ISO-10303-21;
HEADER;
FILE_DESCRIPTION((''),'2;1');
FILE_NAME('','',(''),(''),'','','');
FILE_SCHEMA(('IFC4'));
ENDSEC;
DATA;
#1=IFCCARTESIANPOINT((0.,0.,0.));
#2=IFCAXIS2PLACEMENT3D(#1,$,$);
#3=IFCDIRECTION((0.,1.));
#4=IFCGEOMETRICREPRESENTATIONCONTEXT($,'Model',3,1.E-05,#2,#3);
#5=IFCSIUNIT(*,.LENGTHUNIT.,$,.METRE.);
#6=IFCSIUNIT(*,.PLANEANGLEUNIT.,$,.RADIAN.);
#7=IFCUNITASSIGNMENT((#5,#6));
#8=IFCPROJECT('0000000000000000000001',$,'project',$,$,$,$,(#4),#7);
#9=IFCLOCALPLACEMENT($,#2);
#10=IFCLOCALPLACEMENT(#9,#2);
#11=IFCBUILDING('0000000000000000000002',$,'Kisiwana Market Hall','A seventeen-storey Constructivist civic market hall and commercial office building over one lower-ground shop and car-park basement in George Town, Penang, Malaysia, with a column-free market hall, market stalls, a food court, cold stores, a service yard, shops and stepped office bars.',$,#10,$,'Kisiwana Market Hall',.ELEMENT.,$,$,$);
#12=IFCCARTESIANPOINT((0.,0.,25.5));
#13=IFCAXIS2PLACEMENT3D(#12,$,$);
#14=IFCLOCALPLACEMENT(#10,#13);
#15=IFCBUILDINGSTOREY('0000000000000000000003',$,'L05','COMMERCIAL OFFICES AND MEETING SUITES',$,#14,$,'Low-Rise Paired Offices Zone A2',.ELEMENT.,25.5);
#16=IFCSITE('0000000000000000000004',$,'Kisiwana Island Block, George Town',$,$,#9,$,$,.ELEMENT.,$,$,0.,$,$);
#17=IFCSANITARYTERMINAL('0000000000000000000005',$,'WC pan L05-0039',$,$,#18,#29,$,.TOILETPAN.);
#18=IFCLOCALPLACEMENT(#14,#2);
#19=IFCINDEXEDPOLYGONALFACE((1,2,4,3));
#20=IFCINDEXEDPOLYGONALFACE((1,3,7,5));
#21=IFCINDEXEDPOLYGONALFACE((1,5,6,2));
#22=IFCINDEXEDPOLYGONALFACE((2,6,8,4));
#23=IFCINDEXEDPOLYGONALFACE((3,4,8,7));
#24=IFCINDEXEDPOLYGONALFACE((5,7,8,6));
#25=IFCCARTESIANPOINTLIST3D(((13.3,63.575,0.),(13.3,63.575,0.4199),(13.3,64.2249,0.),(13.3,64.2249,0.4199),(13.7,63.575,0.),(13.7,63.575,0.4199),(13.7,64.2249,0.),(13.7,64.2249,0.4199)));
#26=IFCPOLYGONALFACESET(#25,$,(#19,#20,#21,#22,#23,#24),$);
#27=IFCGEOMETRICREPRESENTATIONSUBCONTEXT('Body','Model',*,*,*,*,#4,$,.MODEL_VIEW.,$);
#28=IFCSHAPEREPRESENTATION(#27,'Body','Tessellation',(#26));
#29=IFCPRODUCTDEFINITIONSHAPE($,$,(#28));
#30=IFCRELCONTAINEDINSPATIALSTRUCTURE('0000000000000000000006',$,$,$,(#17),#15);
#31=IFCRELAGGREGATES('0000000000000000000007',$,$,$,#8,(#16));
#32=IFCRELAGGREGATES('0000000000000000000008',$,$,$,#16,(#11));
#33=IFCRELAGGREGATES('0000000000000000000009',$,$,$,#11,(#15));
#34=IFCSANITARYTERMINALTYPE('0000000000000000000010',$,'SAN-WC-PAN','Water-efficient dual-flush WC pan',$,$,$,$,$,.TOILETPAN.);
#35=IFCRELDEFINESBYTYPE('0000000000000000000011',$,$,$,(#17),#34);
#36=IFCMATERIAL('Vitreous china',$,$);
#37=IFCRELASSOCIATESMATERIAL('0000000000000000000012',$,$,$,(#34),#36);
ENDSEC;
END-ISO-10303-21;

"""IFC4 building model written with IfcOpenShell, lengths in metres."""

from ifc_helpers import new_model, si_unit, direction, frame, origin, origin_2d, place, context, subcontext, project, spatial, rectangle, extrude, material, type_object, element, save


model = new_model("IFC4")

# Units and contexts
model_context = context("Model", 3, precision=1e-05, world=origin(), true_north=direction((0.0, 1.0)))
body_context = subcontext(model_context, "Body", "Model", "MODEL_VIEW")
ifc_project = project(units=[si_unit("LENGTHUNIT", "METRE"), si_unit("PLANEANGLEUNIT", "RADIAN")], contexts=[model_context])

# Site, building, storey
site_placement = place(None, origin())
site = spatial("IfcSite", under=ifc_project, at=site_placement, Name="Kisiwana Island Block, George Town", CompositionType="ELEMENT", RefElevation=0.0)
building_placement = place(site_placement, origin())
building = spatial("IfcBuilding", under=site, at=building_placement, Name="Kisiwana Market Hall", Description="A seventeen-storey Constructivist civic market hall and commercial office building over one lower-ground shop and car-park basement in George Town, Penang, Malaysia, with a column-free market hall, market stalls, a food court, cold stores, a service yard, shops and stepped office bars.", LongName="Kisiwana Market Hall", CompositionType="ELEMENT")
storey_placement = place(building_placement, frame((0.0, 0.0, 25.5)))
storey = spatial("IfcBuildingStorey", under=building, at=storey_placement, Name="L05", Description="COMMERCIAL OFFICES AND MEETING SUITES", LongName="Low-Rise Paired Offices Zone A2", CompositionType="ELEMENT", Elevation=25.5)

# Sanitary terminal
ifc_material_1 = material(Name="Vitreous china")
sanitary_terminal_type_1 = type_object("IfcSanitaryTerminalType", Name="SAN-WC-PAN", Description="Water-efficient dual-flush WC pan", PredefinedType="TOILETPAN", material=ifc_material_1)
sanitary_terminal_placement = place(storey_placement, frame((13.5, 63.8999, 0.0), z_axis=(0.0, 0.0, 1.0), x_axis=(1.0, 0.0, 0.0)))
element("IfcSanitaryTerminal", 1, at=sanitary_terminal_placement, inside=storey, type_object=sanitary_terminal_type_1, Name="WC pan L05-0039", PredefinedType="TOILETPAN", context=body_context, shape_type="SweptSolid", body=[
    extrude(rectangle(XDim=0.3999, YDim=0.6499, at=origin_2d()), origin(), (0.0, 0.0, 1.0), 0.4199),
])

save(model, "model.ifc")
